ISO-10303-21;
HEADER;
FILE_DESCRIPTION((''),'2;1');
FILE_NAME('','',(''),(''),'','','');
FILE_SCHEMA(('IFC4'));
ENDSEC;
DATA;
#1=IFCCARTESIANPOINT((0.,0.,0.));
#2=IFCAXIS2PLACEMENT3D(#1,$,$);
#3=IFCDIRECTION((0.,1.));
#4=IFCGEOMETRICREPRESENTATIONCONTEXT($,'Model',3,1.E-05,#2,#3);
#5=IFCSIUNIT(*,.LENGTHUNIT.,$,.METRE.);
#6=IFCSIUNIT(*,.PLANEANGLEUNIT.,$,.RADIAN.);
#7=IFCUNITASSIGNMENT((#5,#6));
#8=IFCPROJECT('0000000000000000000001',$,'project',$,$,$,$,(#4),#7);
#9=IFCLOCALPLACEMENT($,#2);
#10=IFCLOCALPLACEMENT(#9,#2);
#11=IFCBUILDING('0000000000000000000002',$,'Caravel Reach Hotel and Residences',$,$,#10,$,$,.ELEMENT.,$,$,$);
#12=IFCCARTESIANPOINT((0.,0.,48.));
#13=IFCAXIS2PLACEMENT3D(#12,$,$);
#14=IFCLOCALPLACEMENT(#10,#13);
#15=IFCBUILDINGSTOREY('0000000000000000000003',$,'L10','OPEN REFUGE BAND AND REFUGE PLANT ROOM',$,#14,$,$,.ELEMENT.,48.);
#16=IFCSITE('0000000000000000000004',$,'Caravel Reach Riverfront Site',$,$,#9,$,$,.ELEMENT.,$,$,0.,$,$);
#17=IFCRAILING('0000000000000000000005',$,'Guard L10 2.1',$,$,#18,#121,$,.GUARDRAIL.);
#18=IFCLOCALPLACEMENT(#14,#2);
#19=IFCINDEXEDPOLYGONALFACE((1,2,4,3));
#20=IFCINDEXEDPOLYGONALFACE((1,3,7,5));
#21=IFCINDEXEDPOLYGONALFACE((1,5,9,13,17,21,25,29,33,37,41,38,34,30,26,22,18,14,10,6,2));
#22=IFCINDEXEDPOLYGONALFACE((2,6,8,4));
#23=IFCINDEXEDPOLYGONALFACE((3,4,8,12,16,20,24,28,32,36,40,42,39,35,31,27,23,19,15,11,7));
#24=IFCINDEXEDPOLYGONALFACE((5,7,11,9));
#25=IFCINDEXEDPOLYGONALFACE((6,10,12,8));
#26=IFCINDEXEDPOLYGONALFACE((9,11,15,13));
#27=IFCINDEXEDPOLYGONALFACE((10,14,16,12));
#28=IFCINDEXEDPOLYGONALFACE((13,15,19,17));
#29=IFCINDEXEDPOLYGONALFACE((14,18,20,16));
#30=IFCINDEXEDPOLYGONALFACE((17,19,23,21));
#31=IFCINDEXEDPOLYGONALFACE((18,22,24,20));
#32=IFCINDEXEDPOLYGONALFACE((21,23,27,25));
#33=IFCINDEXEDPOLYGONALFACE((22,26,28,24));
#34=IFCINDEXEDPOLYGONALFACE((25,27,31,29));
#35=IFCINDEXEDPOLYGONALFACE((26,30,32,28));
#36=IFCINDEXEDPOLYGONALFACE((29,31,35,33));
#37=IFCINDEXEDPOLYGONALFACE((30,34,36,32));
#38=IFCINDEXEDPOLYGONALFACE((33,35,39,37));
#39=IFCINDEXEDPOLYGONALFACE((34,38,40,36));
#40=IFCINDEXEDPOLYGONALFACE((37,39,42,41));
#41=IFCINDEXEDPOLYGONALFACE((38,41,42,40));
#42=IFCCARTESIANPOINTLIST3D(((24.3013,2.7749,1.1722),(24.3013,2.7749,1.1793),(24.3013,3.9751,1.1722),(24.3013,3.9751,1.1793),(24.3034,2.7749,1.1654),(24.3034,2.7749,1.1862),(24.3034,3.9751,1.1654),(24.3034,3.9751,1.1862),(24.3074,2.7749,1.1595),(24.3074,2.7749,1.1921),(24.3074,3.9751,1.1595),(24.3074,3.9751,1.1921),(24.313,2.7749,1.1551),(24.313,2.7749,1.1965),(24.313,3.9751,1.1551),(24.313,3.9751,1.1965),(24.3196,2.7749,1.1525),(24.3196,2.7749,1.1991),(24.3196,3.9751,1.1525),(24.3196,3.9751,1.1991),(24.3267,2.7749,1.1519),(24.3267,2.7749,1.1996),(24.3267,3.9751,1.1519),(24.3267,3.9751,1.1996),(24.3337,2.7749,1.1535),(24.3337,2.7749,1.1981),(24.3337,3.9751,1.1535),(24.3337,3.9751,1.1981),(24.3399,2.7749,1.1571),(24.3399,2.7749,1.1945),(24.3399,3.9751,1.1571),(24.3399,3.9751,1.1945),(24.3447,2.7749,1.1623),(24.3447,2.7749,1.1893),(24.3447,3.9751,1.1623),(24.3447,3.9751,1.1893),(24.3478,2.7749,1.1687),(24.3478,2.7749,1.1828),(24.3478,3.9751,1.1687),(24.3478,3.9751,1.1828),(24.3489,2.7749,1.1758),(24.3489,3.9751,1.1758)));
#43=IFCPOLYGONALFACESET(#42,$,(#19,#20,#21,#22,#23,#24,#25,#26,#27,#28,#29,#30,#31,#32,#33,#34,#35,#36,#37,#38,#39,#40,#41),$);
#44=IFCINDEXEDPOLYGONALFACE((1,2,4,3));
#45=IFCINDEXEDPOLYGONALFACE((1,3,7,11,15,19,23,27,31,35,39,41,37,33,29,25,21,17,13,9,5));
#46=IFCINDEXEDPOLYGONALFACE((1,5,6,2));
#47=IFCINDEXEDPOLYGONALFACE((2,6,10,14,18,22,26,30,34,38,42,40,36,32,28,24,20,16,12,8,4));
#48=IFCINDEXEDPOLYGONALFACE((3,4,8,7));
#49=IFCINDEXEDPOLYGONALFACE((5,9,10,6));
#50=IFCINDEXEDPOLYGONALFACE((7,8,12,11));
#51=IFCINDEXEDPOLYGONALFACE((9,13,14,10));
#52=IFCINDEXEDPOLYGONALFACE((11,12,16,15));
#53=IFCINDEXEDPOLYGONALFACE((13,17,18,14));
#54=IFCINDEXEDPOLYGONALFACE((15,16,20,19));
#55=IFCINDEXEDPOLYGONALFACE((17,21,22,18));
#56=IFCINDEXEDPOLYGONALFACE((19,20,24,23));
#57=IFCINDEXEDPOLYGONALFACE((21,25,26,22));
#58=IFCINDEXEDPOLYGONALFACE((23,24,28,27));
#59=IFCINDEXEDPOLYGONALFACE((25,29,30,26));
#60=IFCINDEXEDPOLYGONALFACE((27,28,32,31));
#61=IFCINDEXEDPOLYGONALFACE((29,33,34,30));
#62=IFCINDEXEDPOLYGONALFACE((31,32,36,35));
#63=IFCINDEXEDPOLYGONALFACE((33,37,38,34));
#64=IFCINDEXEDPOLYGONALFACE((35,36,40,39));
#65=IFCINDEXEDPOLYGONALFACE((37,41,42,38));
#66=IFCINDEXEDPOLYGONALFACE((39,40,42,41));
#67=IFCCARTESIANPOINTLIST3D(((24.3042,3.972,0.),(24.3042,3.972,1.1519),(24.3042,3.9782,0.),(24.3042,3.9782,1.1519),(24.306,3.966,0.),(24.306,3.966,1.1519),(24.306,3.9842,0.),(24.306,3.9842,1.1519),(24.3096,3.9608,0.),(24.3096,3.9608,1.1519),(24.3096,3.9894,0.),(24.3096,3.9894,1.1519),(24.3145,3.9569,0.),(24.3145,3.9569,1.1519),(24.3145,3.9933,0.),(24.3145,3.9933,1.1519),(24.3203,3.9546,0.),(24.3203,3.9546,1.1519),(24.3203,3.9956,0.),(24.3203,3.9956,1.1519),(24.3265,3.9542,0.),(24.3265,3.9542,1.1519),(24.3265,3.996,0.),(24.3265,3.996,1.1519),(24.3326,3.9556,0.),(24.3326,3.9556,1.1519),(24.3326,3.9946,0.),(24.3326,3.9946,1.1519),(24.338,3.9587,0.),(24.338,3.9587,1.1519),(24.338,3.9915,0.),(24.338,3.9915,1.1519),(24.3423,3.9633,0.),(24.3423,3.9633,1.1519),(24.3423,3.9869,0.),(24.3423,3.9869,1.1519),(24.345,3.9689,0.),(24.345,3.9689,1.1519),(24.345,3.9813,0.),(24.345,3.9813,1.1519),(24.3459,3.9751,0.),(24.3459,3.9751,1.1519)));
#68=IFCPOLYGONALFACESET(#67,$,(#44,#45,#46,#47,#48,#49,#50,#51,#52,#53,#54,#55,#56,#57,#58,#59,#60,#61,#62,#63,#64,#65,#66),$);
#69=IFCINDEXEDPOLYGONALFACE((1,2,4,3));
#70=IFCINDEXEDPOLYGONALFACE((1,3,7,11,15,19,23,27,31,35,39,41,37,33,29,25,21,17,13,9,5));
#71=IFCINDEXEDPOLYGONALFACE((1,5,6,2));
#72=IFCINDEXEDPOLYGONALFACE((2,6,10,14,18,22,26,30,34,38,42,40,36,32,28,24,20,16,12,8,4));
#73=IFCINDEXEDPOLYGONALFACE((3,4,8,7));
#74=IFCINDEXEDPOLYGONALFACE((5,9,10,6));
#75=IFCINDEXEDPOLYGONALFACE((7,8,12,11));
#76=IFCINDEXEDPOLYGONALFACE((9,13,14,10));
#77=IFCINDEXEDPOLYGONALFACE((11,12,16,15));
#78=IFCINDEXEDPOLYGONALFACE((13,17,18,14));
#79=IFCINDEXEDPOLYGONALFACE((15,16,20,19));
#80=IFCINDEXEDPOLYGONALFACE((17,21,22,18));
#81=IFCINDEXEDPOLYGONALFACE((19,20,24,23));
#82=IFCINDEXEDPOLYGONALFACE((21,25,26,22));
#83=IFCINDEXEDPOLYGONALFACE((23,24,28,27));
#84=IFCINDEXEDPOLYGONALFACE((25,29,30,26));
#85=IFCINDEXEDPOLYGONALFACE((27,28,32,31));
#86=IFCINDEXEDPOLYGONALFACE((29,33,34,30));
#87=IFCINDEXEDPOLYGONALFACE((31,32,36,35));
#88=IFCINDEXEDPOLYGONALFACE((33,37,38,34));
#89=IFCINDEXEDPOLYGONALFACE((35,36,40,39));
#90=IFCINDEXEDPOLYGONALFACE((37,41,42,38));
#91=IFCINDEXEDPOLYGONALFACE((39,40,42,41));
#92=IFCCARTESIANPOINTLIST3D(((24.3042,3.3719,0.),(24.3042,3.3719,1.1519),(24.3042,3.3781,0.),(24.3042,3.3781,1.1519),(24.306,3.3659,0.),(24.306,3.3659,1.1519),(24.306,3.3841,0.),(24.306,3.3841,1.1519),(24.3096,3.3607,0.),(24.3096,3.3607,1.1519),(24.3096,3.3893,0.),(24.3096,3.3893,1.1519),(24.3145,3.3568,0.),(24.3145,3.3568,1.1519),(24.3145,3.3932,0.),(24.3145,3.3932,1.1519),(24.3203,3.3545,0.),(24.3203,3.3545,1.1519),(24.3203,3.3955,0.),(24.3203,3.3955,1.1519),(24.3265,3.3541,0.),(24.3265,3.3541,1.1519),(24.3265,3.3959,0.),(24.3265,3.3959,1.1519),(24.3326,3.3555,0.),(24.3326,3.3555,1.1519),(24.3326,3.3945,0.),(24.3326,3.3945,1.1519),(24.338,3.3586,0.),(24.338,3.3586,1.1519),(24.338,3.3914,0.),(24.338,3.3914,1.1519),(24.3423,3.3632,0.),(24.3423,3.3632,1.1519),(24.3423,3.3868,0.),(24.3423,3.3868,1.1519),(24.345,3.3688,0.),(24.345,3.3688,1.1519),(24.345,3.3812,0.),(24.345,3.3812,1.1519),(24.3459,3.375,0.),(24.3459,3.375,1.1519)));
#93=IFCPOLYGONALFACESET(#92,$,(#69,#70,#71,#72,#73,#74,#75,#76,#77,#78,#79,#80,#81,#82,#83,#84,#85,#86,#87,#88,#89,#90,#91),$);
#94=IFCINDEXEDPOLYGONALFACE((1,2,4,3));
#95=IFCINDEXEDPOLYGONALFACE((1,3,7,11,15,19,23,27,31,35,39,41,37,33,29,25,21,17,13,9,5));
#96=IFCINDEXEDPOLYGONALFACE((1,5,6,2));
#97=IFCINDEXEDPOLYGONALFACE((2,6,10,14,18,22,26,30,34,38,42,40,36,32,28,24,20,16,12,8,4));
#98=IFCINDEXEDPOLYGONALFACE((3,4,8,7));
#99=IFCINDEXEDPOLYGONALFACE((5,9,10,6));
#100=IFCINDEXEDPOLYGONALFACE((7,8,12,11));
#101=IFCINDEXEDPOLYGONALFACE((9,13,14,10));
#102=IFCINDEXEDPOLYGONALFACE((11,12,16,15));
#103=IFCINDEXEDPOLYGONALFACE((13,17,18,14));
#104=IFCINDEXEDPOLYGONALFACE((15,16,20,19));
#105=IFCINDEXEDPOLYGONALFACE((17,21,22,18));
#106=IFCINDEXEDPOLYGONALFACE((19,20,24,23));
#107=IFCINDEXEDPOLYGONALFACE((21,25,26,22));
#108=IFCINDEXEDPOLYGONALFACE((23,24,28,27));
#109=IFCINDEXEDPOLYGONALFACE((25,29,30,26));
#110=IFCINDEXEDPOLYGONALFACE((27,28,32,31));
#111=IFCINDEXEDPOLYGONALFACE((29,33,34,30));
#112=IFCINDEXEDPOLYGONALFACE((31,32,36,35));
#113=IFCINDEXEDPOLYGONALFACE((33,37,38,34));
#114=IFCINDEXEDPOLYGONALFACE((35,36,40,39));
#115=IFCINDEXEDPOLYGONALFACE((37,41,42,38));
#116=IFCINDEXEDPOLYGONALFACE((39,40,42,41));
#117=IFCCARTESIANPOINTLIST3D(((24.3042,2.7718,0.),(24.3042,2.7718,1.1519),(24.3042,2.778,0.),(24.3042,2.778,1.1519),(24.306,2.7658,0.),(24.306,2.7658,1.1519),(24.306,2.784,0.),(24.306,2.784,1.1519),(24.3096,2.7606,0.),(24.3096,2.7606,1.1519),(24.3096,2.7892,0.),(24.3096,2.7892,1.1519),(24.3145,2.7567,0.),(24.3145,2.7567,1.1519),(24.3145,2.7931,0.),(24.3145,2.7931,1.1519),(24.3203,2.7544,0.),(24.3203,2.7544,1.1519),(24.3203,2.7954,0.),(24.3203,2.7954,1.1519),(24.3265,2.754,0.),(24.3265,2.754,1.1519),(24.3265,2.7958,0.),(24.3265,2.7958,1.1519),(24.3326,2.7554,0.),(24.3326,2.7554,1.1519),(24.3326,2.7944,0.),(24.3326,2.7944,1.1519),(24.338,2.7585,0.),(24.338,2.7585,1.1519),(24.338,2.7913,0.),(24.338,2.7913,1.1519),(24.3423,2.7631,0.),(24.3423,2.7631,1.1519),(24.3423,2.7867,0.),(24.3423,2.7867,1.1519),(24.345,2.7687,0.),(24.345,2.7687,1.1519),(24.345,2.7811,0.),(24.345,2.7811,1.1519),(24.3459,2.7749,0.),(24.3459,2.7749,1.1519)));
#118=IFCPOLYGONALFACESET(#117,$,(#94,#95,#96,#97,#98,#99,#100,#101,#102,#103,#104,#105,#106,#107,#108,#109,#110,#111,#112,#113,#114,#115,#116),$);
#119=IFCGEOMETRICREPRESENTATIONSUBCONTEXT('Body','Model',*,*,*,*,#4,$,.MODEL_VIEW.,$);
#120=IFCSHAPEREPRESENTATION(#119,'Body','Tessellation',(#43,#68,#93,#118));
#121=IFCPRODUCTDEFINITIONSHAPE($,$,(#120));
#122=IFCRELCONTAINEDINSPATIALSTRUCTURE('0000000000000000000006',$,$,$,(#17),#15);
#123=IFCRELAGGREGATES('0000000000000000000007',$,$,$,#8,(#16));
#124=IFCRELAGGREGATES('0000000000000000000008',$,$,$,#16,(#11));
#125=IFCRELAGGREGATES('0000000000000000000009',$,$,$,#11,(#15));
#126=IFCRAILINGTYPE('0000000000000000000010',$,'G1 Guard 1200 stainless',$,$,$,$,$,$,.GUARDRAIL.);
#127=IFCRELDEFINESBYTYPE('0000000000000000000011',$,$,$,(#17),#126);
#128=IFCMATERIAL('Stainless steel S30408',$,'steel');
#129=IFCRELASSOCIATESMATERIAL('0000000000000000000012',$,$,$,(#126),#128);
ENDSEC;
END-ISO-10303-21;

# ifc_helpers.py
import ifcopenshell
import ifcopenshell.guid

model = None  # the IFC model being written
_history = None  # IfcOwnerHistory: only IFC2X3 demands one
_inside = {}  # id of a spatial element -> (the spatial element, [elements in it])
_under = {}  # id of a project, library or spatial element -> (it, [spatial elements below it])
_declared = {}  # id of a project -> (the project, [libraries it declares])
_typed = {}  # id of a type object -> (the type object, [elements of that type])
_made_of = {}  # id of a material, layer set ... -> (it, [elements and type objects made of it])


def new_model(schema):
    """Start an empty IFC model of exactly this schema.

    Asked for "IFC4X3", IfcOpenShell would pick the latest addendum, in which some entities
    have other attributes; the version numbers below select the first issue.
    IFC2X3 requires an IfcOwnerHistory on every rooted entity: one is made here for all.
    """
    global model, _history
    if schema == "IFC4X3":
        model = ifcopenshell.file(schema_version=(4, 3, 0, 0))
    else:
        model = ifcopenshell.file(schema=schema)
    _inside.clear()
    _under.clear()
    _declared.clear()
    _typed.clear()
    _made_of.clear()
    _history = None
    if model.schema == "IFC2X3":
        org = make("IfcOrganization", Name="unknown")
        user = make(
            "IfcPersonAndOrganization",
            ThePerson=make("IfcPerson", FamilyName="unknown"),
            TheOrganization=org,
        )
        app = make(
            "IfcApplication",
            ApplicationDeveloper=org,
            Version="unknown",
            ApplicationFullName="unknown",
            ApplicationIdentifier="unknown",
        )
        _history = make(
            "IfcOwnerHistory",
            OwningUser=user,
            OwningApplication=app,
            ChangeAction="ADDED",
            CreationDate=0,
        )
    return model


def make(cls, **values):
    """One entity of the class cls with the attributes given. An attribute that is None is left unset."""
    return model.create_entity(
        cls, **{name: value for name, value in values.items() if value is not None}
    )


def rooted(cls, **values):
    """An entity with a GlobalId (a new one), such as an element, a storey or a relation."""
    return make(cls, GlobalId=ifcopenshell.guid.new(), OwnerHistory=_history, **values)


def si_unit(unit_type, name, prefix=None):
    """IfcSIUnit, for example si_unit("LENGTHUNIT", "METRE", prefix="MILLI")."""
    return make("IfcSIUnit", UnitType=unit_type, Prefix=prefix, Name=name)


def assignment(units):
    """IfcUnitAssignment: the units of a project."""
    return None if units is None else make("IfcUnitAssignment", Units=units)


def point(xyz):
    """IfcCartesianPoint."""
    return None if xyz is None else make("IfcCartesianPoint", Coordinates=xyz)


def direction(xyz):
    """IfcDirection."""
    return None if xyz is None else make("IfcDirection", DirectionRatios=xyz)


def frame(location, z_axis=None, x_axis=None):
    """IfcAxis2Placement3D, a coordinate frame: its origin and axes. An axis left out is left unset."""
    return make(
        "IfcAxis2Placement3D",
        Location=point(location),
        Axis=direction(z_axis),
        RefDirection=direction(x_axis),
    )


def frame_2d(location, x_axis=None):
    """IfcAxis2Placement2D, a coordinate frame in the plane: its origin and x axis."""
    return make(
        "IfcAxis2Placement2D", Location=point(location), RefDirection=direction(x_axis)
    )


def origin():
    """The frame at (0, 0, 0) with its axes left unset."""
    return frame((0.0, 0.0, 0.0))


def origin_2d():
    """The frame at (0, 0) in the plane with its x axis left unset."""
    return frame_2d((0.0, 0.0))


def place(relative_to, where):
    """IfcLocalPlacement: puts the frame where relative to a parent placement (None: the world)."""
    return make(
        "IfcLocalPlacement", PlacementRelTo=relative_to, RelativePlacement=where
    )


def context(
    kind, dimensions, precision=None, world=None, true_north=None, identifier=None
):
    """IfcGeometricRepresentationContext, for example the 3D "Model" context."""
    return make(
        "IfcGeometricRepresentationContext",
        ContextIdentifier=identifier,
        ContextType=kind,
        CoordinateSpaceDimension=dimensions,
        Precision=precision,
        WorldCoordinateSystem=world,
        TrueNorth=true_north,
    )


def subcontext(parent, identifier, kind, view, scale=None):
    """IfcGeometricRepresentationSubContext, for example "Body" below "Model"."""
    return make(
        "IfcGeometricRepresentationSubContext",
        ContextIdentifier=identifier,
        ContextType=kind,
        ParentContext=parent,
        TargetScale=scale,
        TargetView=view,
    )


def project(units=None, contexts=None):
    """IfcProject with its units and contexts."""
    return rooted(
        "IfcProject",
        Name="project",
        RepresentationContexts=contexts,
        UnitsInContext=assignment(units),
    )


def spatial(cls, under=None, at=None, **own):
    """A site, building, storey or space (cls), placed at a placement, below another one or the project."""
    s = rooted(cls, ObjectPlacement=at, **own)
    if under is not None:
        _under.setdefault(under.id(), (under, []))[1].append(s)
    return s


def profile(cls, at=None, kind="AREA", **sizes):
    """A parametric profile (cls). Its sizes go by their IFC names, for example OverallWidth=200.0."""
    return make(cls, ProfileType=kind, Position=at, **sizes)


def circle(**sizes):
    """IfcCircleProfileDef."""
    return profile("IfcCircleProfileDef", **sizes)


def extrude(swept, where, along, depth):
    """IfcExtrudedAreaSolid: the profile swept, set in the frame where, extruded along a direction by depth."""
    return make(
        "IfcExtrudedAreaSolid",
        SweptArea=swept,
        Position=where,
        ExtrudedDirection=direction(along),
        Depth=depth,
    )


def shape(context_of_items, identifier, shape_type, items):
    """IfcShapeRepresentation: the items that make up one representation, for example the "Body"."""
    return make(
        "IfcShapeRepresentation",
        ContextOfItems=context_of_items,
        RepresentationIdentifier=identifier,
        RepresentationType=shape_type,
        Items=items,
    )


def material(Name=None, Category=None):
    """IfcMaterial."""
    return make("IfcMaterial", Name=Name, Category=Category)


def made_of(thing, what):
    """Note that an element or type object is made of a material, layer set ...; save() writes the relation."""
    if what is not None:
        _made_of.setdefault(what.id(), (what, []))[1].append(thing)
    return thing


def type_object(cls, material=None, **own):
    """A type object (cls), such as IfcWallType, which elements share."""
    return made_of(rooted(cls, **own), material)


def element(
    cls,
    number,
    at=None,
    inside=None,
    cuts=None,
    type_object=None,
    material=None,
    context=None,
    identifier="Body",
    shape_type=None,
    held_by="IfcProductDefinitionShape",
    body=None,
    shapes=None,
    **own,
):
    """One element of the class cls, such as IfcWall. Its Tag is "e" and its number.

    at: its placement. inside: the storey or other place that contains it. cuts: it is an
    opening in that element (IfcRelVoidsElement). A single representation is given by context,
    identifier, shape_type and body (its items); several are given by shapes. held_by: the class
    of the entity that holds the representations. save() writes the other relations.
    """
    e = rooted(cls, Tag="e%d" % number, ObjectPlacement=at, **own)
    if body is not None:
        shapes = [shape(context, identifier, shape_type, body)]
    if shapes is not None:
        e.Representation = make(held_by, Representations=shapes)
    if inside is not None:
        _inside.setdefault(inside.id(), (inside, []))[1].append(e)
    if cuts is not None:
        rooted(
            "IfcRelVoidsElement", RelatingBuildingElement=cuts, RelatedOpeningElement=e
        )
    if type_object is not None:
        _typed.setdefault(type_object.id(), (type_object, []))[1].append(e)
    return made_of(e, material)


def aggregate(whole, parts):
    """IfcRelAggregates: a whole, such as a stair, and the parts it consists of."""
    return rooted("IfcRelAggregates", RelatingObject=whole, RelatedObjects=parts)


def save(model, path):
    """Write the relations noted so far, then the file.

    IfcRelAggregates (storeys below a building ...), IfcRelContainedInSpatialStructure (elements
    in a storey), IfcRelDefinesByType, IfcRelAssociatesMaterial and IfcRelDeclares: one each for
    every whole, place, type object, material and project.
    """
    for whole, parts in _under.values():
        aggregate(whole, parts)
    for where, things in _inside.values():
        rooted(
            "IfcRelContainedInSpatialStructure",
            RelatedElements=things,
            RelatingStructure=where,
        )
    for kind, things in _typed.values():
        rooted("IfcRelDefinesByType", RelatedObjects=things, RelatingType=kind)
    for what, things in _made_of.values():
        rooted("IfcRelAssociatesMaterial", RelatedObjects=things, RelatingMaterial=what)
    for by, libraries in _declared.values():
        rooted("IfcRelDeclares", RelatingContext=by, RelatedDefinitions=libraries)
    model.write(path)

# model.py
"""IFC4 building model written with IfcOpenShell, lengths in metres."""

from ifc_helpers import new_model, si_unit, direction, frame, origin, origin_2d, place, context, subcontext, project, spatial, circle, extrude, material, type_object, element, save


model = new_model("IFC4")

# Units and contexts
model_context = context("Model", 3, precision=1e-05, world=origin(), true_north=direction((0.0, 1.0)))
body_context = subcontext(model_context, "Body", "Model", "MODEL_VIEW")
ifc_project = project(units=[si_unit("LENGTHUNIT", "METRE"), si_unit("PLANEANGLEUNIT", "RADIAN")], contexts=[model_context])

# Site, building, storey
site_placement = place(None, origin())
site = spatial("IfcSite", under=ifc_project, at=site_placement, Name="Caravel Reach Riverfront Site", CompositionType="ELEMENT", RefElevation=0.0)
building_placement = place(site_placement, origin())
building = spatial("IfcBuilding", under=site, at=building_placement, Name="Caravel Reach Hotel and Residences", CompositionType="ELEMENT")
storey_placement = place(building_placement, frame((0.0, 0.0, 48.0)))
storey = spatial("IfcBuildingStorey", under=building, at=storey_placement, Name="L10", Description="OPEN REFUGE BAND AND REFUGE PLANT ROOM", CompositionType="ELEMENT", Elevation=48.0)

# Railing
ifc_material_1 = material(Name="Stainless steel S30408", Category="steel")
railing_type = type_object("IfcRailingType", Name="G1 Guard 1200 stainless", PredefinedType="GUARDRAIL", material=ifc_material_1)
railing_1_placement = place(storey_placement, frame((24.325, 3.9751, 0.0)))
element("IfcRailing", 1, at=railing_1_placement, inside=storey, type_object=railing_type, Name="Guard L10 2.1", PredefinedType="GUARDRAIL", context=body_context, shape_type="SweptSolid", body=[
    extrude(circle(Radius=0.0239, at=origin_2d()), frame((0.0, 0.0, 1.1758), z_axis=(0.0, -1.0, 0.0), x_axis=(1.0, 0.0, 0.0)), (0.0, 0.0, 1.0), 1.2002),
    extrude(circle(Radius=0.021, at=origin_2d()), origin(), (0.0, 0.0, 1.0), 1.1519),
    extrude(circle(Radius=0.021, at=origin_2d()), frame((0.0, -0.6001, 0.0)), (0.0, 0.0, 1.0), 1.1519),
    extrude(circle(Radius=0.021, at=origin_2d()), frame((0.0, -1.2002, 0.0)), (0.0, 0.0, 1.0), 1.1519),
])

save(model, "model.ifc")
